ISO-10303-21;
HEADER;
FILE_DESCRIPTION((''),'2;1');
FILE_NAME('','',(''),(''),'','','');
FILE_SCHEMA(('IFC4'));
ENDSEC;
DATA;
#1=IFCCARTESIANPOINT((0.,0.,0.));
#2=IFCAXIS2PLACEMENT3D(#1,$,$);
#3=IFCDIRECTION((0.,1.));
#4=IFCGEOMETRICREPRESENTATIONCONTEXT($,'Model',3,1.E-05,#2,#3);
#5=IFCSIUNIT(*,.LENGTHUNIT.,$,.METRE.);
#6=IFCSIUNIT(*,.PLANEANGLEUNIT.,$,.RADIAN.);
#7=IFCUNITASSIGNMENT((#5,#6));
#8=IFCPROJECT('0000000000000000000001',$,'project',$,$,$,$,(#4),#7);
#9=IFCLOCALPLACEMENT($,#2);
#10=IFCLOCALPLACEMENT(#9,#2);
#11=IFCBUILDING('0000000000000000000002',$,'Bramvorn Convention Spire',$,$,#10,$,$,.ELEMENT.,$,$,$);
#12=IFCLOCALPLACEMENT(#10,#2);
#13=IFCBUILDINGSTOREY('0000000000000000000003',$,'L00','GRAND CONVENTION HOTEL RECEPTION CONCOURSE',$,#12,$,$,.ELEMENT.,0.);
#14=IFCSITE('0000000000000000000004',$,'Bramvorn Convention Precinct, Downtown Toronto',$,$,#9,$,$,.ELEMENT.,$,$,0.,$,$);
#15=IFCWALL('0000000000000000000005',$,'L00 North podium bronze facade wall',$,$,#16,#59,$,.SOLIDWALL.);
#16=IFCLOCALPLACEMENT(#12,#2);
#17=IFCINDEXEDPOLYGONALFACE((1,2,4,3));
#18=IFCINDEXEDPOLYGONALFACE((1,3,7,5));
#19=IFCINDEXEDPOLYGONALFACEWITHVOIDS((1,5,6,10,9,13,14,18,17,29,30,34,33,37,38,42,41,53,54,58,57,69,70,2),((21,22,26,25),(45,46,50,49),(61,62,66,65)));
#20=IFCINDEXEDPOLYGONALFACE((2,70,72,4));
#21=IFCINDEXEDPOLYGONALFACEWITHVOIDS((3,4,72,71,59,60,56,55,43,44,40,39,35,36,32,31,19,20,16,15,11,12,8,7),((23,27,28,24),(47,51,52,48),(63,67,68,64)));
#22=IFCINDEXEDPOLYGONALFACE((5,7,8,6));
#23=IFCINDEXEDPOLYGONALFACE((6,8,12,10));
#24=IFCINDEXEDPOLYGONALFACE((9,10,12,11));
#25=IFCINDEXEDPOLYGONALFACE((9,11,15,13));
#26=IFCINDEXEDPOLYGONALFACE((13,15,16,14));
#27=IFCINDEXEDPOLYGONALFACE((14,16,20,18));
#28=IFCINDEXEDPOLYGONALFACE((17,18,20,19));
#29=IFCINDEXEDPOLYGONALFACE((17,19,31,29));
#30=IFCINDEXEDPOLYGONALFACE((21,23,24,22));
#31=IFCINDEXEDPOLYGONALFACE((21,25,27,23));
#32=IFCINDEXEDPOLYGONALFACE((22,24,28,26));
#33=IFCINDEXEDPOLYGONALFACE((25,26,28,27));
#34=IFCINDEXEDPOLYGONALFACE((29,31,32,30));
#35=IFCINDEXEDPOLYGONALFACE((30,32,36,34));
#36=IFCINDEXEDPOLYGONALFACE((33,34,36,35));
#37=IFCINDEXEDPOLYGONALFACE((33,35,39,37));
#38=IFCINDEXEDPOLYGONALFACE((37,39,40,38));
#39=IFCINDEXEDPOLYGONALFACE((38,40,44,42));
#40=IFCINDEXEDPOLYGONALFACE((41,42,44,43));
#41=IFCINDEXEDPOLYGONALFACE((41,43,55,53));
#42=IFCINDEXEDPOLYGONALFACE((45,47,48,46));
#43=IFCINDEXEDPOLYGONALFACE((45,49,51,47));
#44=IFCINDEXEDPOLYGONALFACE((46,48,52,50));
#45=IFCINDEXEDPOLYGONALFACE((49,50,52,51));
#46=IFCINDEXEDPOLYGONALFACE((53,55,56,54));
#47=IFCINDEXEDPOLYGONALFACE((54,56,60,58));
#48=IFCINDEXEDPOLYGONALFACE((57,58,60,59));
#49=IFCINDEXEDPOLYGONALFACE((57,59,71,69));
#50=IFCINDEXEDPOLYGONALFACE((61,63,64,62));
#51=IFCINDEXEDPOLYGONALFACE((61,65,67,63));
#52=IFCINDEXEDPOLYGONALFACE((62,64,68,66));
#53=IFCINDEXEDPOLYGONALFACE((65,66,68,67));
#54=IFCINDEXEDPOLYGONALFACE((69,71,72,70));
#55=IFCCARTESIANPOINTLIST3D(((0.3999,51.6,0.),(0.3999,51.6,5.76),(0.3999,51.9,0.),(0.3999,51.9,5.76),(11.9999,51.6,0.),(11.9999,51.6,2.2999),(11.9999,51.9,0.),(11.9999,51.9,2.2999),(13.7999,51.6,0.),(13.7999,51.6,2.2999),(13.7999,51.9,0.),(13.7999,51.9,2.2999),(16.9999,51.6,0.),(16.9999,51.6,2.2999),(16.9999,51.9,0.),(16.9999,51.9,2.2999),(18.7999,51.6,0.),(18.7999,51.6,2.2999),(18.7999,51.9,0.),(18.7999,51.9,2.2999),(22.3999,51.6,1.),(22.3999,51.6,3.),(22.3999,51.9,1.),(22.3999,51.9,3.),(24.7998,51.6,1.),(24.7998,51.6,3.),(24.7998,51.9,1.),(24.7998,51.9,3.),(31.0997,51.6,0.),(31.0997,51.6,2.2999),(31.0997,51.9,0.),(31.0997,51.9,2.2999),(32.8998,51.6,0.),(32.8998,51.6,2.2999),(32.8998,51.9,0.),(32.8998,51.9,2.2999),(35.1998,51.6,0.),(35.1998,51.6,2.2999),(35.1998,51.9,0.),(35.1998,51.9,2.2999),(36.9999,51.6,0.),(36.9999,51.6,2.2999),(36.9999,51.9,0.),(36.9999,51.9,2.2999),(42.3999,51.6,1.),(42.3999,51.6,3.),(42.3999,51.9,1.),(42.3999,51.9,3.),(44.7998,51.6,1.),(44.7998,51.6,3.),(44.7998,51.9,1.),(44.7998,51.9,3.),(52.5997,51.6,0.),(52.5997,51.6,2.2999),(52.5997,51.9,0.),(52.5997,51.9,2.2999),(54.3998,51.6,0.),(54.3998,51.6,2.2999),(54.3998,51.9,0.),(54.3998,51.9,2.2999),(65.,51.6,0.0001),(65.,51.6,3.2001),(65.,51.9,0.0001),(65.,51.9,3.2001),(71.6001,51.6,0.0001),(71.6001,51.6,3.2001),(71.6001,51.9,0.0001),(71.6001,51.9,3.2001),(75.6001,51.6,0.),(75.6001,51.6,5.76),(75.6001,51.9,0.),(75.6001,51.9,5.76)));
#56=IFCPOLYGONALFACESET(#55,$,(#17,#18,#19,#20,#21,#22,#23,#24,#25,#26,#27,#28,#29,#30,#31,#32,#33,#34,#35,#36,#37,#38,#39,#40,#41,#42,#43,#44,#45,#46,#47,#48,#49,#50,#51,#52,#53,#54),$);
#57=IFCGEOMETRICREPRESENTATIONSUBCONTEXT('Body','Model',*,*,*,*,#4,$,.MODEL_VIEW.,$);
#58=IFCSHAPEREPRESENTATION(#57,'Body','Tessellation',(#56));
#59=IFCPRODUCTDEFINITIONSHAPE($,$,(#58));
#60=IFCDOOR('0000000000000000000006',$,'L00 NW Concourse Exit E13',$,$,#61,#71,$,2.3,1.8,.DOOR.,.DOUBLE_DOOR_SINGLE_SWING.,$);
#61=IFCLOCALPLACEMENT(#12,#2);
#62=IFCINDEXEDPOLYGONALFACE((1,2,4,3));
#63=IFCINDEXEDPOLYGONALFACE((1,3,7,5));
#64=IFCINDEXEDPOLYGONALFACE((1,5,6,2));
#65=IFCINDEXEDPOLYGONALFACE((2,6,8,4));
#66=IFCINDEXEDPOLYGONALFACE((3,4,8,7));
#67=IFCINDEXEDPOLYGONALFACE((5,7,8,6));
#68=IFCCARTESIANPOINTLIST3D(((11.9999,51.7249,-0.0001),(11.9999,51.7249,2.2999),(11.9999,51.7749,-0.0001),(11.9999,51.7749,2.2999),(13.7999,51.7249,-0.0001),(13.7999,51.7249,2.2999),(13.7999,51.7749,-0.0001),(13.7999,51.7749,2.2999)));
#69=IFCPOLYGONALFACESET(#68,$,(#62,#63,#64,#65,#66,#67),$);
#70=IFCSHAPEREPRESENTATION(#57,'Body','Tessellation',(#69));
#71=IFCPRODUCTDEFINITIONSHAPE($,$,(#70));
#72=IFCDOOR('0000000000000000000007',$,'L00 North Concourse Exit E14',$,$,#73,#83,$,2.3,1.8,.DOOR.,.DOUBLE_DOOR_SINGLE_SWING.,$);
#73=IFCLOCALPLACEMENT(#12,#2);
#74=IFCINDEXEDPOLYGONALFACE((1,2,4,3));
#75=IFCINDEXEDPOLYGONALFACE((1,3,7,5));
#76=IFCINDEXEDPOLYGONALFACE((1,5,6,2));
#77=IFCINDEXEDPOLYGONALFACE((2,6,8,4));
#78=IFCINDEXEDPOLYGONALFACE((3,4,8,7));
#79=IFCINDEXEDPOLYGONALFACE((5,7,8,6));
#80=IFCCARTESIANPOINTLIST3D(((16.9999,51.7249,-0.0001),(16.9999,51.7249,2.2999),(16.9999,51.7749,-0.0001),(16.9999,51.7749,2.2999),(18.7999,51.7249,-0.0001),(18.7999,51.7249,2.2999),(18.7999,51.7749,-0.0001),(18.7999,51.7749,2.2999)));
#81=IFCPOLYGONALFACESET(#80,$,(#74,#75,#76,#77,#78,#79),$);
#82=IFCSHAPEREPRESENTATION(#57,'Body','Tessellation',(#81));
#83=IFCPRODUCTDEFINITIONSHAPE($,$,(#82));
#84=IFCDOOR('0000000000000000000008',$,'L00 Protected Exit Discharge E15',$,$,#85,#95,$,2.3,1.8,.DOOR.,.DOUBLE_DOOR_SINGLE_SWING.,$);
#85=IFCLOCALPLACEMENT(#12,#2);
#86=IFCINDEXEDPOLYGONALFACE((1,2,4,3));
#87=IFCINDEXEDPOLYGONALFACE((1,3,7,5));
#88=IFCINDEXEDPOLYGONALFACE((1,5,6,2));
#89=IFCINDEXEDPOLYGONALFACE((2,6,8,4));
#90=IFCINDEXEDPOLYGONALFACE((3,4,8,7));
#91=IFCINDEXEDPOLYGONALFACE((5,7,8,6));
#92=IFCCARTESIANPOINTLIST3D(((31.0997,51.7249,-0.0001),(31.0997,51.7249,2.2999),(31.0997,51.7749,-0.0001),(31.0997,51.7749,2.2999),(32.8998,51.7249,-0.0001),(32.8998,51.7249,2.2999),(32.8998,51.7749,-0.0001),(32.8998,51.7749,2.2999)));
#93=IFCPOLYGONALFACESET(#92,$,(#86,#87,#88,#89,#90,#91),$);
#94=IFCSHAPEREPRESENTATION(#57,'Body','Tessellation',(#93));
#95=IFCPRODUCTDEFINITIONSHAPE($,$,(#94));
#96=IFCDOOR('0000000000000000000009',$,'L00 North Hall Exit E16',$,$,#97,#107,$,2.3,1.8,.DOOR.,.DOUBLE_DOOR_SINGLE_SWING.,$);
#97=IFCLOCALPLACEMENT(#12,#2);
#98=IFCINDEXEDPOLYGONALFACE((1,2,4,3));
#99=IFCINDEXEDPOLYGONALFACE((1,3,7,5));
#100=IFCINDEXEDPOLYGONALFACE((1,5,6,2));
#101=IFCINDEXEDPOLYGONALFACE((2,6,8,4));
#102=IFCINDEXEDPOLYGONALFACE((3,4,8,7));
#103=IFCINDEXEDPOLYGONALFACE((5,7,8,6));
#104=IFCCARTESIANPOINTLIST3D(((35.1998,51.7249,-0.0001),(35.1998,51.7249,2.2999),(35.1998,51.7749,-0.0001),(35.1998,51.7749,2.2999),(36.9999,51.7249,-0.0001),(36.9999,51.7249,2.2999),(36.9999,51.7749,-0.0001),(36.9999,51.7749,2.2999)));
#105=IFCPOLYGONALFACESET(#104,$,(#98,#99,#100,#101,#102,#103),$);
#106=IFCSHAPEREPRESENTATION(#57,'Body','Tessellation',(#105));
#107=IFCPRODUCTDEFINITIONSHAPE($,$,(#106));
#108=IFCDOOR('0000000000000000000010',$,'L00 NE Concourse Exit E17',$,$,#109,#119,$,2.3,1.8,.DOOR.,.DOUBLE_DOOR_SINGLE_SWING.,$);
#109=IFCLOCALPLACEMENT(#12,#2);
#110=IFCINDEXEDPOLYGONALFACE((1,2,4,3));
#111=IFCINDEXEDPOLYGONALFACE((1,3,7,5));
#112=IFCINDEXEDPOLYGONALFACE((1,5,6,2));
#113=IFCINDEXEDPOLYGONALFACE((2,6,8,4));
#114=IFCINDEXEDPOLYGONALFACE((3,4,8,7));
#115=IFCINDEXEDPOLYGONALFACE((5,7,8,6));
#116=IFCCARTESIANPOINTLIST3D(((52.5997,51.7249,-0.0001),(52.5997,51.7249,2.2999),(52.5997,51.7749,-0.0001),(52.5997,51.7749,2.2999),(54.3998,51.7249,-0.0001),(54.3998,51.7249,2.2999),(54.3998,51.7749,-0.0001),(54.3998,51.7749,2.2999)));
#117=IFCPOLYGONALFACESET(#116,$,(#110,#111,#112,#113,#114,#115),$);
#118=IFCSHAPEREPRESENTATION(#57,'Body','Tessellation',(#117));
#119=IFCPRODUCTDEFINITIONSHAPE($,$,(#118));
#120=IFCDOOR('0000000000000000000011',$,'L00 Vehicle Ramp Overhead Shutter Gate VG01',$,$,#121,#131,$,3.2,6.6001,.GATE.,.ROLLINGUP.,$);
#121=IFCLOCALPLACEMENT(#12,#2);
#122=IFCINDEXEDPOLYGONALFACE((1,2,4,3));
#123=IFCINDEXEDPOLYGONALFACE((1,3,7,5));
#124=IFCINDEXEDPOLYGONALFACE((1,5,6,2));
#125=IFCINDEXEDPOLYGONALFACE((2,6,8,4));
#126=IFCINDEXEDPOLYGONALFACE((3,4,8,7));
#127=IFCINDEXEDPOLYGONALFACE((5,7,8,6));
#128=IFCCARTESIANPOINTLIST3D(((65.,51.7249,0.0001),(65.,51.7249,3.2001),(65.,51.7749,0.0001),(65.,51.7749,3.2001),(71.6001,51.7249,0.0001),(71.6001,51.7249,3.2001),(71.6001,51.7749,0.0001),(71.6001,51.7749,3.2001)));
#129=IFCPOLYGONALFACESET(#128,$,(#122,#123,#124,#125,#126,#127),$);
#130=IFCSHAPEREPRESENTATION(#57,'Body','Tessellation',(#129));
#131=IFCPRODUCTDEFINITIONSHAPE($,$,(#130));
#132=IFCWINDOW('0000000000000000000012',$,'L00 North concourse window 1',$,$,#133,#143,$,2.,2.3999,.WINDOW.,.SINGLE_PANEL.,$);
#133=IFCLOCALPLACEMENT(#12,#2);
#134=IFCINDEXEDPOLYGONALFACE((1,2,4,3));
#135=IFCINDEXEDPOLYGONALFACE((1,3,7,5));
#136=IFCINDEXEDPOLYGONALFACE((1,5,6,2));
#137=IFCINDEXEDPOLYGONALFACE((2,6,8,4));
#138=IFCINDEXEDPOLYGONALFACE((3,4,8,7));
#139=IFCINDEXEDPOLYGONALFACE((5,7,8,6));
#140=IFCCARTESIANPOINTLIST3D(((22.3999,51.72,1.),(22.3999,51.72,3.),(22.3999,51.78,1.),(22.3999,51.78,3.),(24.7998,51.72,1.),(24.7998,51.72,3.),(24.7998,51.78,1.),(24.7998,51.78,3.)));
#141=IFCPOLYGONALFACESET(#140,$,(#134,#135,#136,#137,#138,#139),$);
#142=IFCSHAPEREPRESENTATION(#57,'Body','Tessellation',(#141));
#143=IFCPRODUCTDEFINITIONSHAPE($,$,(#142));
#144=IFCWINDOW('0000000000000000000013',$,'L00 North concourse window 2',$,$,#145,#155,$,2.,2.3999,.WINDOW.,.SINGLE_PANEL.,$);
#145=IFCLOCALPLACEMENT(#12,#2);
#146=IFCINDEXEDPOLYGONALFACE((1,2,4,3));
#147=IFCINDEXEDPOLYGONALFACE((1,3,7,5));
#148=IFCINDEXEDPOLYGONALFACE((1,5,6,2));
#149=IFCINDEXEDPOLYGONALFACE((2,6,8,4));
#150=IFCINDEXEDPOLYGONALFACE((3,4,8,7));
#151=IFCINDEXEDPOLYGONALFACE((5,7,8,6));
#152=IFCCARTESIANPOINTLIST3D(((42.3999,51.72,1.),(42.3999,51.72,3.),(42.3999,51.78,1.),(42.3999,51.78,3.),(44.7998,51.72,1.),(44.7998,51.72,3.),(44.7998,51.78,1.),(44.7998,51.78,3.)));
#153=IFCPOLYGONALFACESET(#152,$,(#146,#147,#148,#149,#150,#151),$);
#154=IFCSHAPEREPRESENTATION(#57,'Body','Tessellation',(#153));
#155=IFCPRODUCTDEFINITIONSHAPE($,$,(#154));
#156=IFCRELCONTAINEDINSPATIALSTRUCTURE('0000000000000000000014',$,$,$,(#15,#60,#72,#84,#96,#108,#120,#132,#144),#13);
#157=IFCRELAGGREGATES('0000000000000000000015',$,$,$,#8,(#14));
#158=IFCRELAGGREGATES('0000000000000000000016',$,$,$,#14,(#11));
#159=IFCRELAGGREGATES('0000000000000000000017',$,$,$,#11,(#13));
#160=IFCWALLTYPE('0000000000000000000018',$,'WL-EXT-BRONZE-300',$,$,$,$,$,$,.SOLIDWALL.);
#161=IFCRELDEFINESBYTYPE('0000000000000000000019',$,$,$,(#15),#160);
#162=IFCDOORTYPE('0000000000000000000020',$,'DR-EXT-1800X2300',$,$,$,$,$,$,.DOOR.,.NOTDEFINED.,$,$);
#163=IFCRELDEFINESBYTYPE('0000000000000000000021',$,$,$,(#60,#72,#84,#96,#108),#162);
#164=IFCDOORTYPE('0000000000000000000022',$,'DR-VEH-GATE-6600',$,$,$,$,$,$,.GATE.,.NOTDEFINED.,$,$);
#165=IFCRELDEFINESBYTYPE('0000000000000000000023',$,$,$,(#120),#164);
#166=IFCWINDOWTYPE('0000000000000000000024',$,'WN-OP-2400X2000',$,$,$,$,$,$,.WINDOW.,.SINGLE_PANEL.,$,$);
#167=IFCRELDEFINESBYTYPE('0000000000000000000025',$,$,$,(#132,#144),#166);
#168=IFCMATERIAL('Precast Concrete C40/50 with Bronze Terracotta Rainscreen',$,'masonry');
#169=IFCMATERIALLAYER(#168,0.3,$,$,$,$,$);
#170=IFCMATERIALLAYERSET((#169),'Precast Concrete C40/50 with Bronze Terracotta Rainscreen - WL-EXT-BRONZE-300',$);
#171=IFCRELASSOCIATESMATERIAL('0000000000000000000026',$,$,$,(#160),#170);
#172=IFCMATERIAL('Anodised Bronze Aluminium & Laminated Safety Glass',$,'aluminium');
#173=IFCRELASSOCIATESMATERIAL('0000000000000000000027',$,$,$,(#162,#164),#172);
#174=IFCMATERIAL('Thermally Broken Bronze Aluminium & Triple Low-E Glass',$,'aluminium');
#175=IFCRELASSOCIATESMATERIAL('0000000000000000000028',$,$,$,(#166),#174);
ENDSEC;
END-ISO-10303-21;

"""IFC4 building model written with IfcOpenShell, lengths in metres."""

from ifc_helpers import new_model, si_unit, direction, frame, frame_2d, origin, place, context, subcontext, project, spatial, rectangle, extrude, material, layer, layer_set, type_object, element, fill, save


model = new_model("IFC4")

# Units and contexts
model_context = context("Model", 3, precision=1e-05, world=origin(), true_north=direction((0.0, 1.0)))
body_context = subcontext(model_context, "Body", "Model", "MODEL_VIEW")
ifc_project = project(units=[si_unit("LENGTHUNIT", "METRE"), si_unit("PLANEANGLEUNIT", "RADIAN")], contexts=[model_context])

# Site, building, storey
site_placement = place(None, origin())
site = spatial("IfcSite", under=ifc_project, at=site_placement, Name="Bramvorn Convention Precinct, Downtown Toronto", CompositionType="ELEMENT", RefElevation=0.0)
building_placement = place(site_placement, origin())
building = spatial("IfcBuilding", under=site, at=building_placement, Name="Bramvorn Convention Spire", CompositionType="ELEMENT")
storey_placement = place(building_placement, origin())
storey = spatial("IfcBuildingStorey", under=building, at=storey_placement, Name="L00", Description="GRAND CONVENTION HOTEL RECEPTION CONCOURSE", CompositionType="ELEMENT", Elevation=0.0)

# Wall, openings, doors, windows
ifc_material_1 = material(Name="Precast Concrete C40/50 with Bronze Terracotta Rainscreen", Category="masonry")
ifc_layer_1 = layer(ifc_material_1, 0.3)
ifc_layer_set_1 = layer_set([ifc_layer_1], Name="Precast Concrete C40/50 with Bronze Terracotta Rainscreen - WL-EXT-BRONZE-300")
wall_type_1 = type_object("IfcWallType", Name="WL-EXT-BRONZE-300", PredefinedType="SOLIDWALL", material=ifc_layer_set_1)
wall_1_placement = place(storey_placement, frame((0.3999, 51.75, 0.0), z_axis=(0.0, 0.0, 1.0), x_axis=(1.0, 0.0, 0.0)))
wall_1 = element("IfcWall", 1, at=wall_1_placement, inside=storey, type_object=wall_type_1, Name="L00 North podium bronze facade wall", PredefinedType="SOLIDWALL", context=body_context, shape_type="SweptSolid", body=[
    extrude(rectangle(XDim=75.2002, YDim=0.3, at=frame_2d((37.6001, 0.0))), origin(), (0.0, 0.0, 1.0), 5.76),
])
opening_1_placement = place(wall_1_placement, frame((22.0, 0.0, 1.0)))
opening_1 = element("IfcOpeningElement", 2, at=opening_1_placement, cuts=wall_1, PredefinedType="OPENING", context=body_context, shape_type="SweptSolid", body=[
    extrude(rectangle(XDim=2.3999, YDim=2.0, at=frame_2d((1.2, 1.0))), frame((0.0, 0.1599, 0.0), z_axis=(0.0, -1.0, 0.0), x_axis=(1.0, 0.0, 0.0)), (0.0, 0.0, 1.0), 0.3201),
])
opening_2_placement = place(wall_1_placement, frame((42.0, 0.0, 1.0)))
opening_2 = element("IfcOpeningElement", 3, at=opening_2_placement, cuts=wall_1, PredefinedType="OPENING", context=body_context, shape_type="SweptSolid", body=[
    extrude(rectangle(XDim=2.3999, YDim=2.0, at=frame_2d((1.2, 1.0))), frame((0.0, 0.1599, 0.0), z_axis=(0.0, -1.0, 0.0), x_axis=(1.0, 0.0, 0.0)), (0.0, 0.0, 1.0), 0.3201),
])
opening_3_placement = place(wall_1_placement, frame((11.6001, 0.0, 0.0)))
opening_3 = element("IfcOpeningElement", 4, at=opening_3_placement, cuts=wall_1, PredefinedType="OPENING", context=body_context, shape_type="SweptSolid", body=[
    extrude(rectangle(XDim=1.8, YDim=2.3, at=frame_2d((0.8999, 1.1499))), frame((0.0, 0.1599, 0.0), z_axis=(0.0, -1.0, 0.0), x_axis=(1.0, 0.0, 0.0)), (0.0, 0.0, 1.0), 0.3201),
])
opening_4_placement = place(wall_1_placement, frame((16.6001, 0.0, 0.0)))
opening_4 = element("IfcOpeningElement", 5, at=opening_4_placement, cuts=wall_1, PredefinedType="OPENING", context=body_context, shape_type="SweptSolid", body=[
    extrude(rectangle(XDim=1.8, YDim=2.3, at=frame_2d((0.8999, 1.1499))), frame((0.0, 0.1599, 0.0), z_axis=(0.0, -1.0, 0.0), x_axis=(1.0, 0.0, 0.0)), (0.0, 0.0, 1.0), 0.3201),
])
opening_5_placement = place(wall_1_placement, frame((30.7, 0.0, 0.0)))
opening_5 = element("IfcOpeningElement", 6, at=opening_5_placement, cuts=wall_1, PredefinedType="OPENING", context=body_context, shape_type="SweptSolid", body=[
    extrude(rectangle(XDim=1.8, YDim=2.3, at=frame_2d((0.8999, 1.1499))), frame((0.0, 0.1599, 0.0), z_axis=(0.0, -1.0, 0.0), x_axis=(1.0, 0.0, 0.0)), (0.0, 0.0, 1.0), 0.3201),
])
opening_6_placement = place(wall_1_placement, frame((34.8, 0.0, 0.0)))
opening_6 = element("IfcOpeningElement", 7, at=opening_6_placement, cuts=wall_1, PredefinedType="OPENING", context=body_context, shape_type="SweptSolid", body=[
    extrude(rectangle(XDim=1.8, YDim=2.3, at=frame_2d((0.8999, 1.1499))), frame((0.0, 0.1599, 0.0), z_axis=(0.0, -1.0, 0.0), x_axis=(1.0, 0.0, 0.0)), (0.0, 0.0, 1.0), 0.3201),
])
opening_7_placement = place(wall_1_placement, frame((52.2, 0.0, 0.0)))
opening_7 = element("IfcOpeningElement", 8, at=opening_7_placement, cuts=wall_1, PredefinedType="OPENING", context=body_context, shape_type="SweptSolid", body=[
    extrude(rectangle(XDim=1.8, YDim=2.3, at=frame_2d((0.8999, 1.1499))), frame((0.0, 0.1599, 0.0), z_axis=(0.0, -1.0, 0.0), x_axis=(1.0, 0.0, 0.0)), (0.0, 0.0, 1.0), 0.3201),
])
opening_8_placement = place(wall_1_placement, frame((64.6001, 0.0, 0.0)))
opening_8 = element("IfcOpeningElement", 9, at=opening_8_placement, cuts=wall_1, PredefinedType="OPENING", context=body_context, shape_type="SweptSolid", body=[
    extrude(rectangle(XDim=6.6001, YDim=3.2, at=frame_2d((3.3, 1.6001))), frame((0.0, 0.1599, 0.0), z_axis=(0.0, -1.0, 0.0), x_axis=(1.0, 0.0, 0.0)), (0.0, 0.0, 1.0), 0.3201),
])
ifc_material_2 = material(Name="Anodised Bronze Aluminium & Laminated Safety Glass", Category="aluminium")
door_type_1 = type_object("IfcDoorType", Name="DR-EXT-1800X2300", OperationType="NOTDEFINED", PredefinedType="DOOR", material=ifc_material_2)
door_1_placement = place(opening_3_placement, origin())
door_1 = element("IfcDoor", 10, at=door_1_placement, inside=storey, type_object=door_type_1, Name="L00 NW Concourse Exit E13", OperationType="DOUBLE_DOOR_SINGLE_SWING", OverallHeight=2.3, OverallWidth=1.8, PredefinedType="DOOR", context=body_context, shape_type="SweptSolid", body=[
    extrude(rectangle(XDim=1.8, YDim=2.3, at=frame_2d((0.8999, 1.1499))), frame((0.0, 0.0249, 0.0), z_axis=(0.0, -1.0, 0.0), x_axis=(1.0, 0.0, 0.0)), (0.0, 0.0, 1.0), 0.05),
])
fill(opening_3, door_1)
door_2_placement = place(opening_4_placement, origin())
door_2 = element("IfcDoor", 11, at=door_2_placement, inside=storey, type_object=door_type_1, Name="L00 North Concourse Exit E14", OperationType="DOUBLE_DOOR_SINGLE_SWING", OverallHeight=2.3, OverallWidth=1.8, PredefinedType="DOOR", context=body_context, shape_type="SweptSolid", body=[
    extrude(rectangle(XDim=1.8, YDim=2.3, at=frame_2d((0.8999, 1.1499))), frame((0.0, 0.0249, 0.0), z_axis=(0.0, -1.0, 0.0), x_axis=(1.0, 0.0, 0.0)), (0.0, 0.0, 1.0), 0.05),
])
fill(opening_4, door_2)
door_3_placement = place(opening_5_placement, origin())
door_3 = element("IfcDoor", 12, at=door_3_placement, inside=storey, type_object=door_type_1, Name="L00 Protected Exit Discharge E15", OperationType="DOUBLE_DOOR_SINGLE_SWING", OverallHeight=2.3, OverallWidth=1.8, PredefinedType="DOOR", context=body_context, shape_type="SweptSolid", body=[
    extrude(rectangle(XDim=1.8, YDim=2.3, at=frame_2d((0.8999, 1.1499))), frame((0.0, 0.0249, 0.0), z_axis=(0.0, -1.0, 0.0), x_axis=(1.0, 0.0, 0.0)), (0.0, 0.0, 1.0), 0.05),
])
fill(opening_5, door_3)
door_4_placement = place(opening_6_placement, origin())
door_4 = element("IfcDoor", 13, at=door_4_placement, inside=storey, type_object=door_type_1, Name="L00 North Hall Exit E16", OperationType="DOUBLE_DOOR_SINGLE_SWING", OverallHeight=2.3, OverallWidth=1.8, PredefinedType="DOOR", context=body_context, shape_type="SweptSolid", body=[
    extrude(rectangle(XDim=1.8, YDim=2.3, at=frame_2d((0.8999, 1.1499))), frame((0.0, 0.0249, 0.0), z_axis=(0.0, -1.0, 0.0), x_axis=(1.0, 0.0, 0.0)), (0.0, 0.0, 1.0), 0.05),
])
fill(opening_6, door_4)
door_5_placement = place(opening_7_placement, origin())
door_5 = element("IfcDoor", 14, at=door_5_placement, inside=storey, type_object=door_type_1, Name="L00 NE Concourse Exit E17", OperationType="DOUBLE_DOOR_SINGLE_SWING", OverallHeight=2.3, OverallWidth=1.8, PredefinedType="DOOR", context=body_context, shape_type="SweptSolid", body=[
    extrude(rectangle(XDim=1.8, YDim=2.3, at=frame_2d((0.8999, 1.1499))), frame((0.0, 0.0249, 0.0), z_axis=(0.0, -1.0, 0.0), x_axis=(1.0, 0.0, 0.0)), (0.0, 0.0, 1.0), 0.05),
])
fill(opening_7, door_5)
door_type_2 = type_object("IfcDoorType", Name="DR-VEH-GATE-6600", OperationType="NOTDEFINED", PredefinedType="GATE", material=ifc_material_2)
door_6_placement = place(opening_8_placement, origin())
door_6 = element("IfcDoor", 15, at=door_6_placement, inside=storey, type_object=door_type_2, Name="L00 Vehicle Ramp Overhead Shutter Gate VG01", OperationType="ROLLINGUP", OverallHeight=3.2, OverallWidth=6.6001, PredefinedType="GATE", context=body_context, shape_type="SweptSolid", body=[
    extrude(rectangle(XDim=6.6001, YDim=3.2, at=frame_2d((3.3, 1.6001))), frame((0.0, 0.0249, 0.0), z_axis=(0.0, -1.0, 0.0), x_axis=(1.0, 0.0, 0.0)), (0.0, 0.0, 1.0), 0.05),
])
fill(opening_8, door_6)
ifc_material_3 = material(Name="Thermally Broken Bronze Aluminium & Triple Low-E Glass", Category="aluminium")
window_type = type_object("IfcWindowType", Name="WN-OP-2400X2000", PartitioningType="SINGLE_PANEL", PredefinedType="WINDOW", material=ifc_material_3)
window_1_placement = place(opening_1_placement, origin())
window_1 = element("IfcWindow", 16, at=window_1_placement, inside=storey, type_object=window_type, Name="L00 North concourse window 1", OverallHeight=2.0, OverallWidth=2.3999, PartitioningType="SINGLE_PANEL", PredefinedType="WINDOW", context=body_context, shape_type="SweptSolid", body=[
    extrude(rectangle(XDim=2.3999, YDim=2.0, at=frame_2d((1.2, 1.0))), frame((0.0, 0.03, 0.0), z_axis=(0.0, -1.0, 0.0), x_axis=(1.0, 0.0, 0.0)), (0.0, 0.0, 1.0), 0.0601),
])
fill(opening_1, window_1)
window_2_placement = place(opening_2_placement, origin())
window_2 = element("IfcWindow", 17, at=window_2_placement, inside=storey, type_object=window_type, Name="L00 North concourse window 2", OverallHeight=2.0, OverallWidth=2.3999, PartitioningType="SINGLE_PANEL", PredefinedType="WINDOW", context=body_context, shape_type="SweptSolid", body=[
    extrude(rectangle(XDim=2.3999, YDim=2.0, at=frame_2d((1.2, 1.0))), frame((0.0, 0.03, 0.0), z_axis=(0.0, -1.0, 0.0), x_axis=(1.0, 0.0, 0.0)), (0.0, 0.0, 1.0), 0.0601),
])
fill(opening_2, window_2)

save(model, "model.ifc")
